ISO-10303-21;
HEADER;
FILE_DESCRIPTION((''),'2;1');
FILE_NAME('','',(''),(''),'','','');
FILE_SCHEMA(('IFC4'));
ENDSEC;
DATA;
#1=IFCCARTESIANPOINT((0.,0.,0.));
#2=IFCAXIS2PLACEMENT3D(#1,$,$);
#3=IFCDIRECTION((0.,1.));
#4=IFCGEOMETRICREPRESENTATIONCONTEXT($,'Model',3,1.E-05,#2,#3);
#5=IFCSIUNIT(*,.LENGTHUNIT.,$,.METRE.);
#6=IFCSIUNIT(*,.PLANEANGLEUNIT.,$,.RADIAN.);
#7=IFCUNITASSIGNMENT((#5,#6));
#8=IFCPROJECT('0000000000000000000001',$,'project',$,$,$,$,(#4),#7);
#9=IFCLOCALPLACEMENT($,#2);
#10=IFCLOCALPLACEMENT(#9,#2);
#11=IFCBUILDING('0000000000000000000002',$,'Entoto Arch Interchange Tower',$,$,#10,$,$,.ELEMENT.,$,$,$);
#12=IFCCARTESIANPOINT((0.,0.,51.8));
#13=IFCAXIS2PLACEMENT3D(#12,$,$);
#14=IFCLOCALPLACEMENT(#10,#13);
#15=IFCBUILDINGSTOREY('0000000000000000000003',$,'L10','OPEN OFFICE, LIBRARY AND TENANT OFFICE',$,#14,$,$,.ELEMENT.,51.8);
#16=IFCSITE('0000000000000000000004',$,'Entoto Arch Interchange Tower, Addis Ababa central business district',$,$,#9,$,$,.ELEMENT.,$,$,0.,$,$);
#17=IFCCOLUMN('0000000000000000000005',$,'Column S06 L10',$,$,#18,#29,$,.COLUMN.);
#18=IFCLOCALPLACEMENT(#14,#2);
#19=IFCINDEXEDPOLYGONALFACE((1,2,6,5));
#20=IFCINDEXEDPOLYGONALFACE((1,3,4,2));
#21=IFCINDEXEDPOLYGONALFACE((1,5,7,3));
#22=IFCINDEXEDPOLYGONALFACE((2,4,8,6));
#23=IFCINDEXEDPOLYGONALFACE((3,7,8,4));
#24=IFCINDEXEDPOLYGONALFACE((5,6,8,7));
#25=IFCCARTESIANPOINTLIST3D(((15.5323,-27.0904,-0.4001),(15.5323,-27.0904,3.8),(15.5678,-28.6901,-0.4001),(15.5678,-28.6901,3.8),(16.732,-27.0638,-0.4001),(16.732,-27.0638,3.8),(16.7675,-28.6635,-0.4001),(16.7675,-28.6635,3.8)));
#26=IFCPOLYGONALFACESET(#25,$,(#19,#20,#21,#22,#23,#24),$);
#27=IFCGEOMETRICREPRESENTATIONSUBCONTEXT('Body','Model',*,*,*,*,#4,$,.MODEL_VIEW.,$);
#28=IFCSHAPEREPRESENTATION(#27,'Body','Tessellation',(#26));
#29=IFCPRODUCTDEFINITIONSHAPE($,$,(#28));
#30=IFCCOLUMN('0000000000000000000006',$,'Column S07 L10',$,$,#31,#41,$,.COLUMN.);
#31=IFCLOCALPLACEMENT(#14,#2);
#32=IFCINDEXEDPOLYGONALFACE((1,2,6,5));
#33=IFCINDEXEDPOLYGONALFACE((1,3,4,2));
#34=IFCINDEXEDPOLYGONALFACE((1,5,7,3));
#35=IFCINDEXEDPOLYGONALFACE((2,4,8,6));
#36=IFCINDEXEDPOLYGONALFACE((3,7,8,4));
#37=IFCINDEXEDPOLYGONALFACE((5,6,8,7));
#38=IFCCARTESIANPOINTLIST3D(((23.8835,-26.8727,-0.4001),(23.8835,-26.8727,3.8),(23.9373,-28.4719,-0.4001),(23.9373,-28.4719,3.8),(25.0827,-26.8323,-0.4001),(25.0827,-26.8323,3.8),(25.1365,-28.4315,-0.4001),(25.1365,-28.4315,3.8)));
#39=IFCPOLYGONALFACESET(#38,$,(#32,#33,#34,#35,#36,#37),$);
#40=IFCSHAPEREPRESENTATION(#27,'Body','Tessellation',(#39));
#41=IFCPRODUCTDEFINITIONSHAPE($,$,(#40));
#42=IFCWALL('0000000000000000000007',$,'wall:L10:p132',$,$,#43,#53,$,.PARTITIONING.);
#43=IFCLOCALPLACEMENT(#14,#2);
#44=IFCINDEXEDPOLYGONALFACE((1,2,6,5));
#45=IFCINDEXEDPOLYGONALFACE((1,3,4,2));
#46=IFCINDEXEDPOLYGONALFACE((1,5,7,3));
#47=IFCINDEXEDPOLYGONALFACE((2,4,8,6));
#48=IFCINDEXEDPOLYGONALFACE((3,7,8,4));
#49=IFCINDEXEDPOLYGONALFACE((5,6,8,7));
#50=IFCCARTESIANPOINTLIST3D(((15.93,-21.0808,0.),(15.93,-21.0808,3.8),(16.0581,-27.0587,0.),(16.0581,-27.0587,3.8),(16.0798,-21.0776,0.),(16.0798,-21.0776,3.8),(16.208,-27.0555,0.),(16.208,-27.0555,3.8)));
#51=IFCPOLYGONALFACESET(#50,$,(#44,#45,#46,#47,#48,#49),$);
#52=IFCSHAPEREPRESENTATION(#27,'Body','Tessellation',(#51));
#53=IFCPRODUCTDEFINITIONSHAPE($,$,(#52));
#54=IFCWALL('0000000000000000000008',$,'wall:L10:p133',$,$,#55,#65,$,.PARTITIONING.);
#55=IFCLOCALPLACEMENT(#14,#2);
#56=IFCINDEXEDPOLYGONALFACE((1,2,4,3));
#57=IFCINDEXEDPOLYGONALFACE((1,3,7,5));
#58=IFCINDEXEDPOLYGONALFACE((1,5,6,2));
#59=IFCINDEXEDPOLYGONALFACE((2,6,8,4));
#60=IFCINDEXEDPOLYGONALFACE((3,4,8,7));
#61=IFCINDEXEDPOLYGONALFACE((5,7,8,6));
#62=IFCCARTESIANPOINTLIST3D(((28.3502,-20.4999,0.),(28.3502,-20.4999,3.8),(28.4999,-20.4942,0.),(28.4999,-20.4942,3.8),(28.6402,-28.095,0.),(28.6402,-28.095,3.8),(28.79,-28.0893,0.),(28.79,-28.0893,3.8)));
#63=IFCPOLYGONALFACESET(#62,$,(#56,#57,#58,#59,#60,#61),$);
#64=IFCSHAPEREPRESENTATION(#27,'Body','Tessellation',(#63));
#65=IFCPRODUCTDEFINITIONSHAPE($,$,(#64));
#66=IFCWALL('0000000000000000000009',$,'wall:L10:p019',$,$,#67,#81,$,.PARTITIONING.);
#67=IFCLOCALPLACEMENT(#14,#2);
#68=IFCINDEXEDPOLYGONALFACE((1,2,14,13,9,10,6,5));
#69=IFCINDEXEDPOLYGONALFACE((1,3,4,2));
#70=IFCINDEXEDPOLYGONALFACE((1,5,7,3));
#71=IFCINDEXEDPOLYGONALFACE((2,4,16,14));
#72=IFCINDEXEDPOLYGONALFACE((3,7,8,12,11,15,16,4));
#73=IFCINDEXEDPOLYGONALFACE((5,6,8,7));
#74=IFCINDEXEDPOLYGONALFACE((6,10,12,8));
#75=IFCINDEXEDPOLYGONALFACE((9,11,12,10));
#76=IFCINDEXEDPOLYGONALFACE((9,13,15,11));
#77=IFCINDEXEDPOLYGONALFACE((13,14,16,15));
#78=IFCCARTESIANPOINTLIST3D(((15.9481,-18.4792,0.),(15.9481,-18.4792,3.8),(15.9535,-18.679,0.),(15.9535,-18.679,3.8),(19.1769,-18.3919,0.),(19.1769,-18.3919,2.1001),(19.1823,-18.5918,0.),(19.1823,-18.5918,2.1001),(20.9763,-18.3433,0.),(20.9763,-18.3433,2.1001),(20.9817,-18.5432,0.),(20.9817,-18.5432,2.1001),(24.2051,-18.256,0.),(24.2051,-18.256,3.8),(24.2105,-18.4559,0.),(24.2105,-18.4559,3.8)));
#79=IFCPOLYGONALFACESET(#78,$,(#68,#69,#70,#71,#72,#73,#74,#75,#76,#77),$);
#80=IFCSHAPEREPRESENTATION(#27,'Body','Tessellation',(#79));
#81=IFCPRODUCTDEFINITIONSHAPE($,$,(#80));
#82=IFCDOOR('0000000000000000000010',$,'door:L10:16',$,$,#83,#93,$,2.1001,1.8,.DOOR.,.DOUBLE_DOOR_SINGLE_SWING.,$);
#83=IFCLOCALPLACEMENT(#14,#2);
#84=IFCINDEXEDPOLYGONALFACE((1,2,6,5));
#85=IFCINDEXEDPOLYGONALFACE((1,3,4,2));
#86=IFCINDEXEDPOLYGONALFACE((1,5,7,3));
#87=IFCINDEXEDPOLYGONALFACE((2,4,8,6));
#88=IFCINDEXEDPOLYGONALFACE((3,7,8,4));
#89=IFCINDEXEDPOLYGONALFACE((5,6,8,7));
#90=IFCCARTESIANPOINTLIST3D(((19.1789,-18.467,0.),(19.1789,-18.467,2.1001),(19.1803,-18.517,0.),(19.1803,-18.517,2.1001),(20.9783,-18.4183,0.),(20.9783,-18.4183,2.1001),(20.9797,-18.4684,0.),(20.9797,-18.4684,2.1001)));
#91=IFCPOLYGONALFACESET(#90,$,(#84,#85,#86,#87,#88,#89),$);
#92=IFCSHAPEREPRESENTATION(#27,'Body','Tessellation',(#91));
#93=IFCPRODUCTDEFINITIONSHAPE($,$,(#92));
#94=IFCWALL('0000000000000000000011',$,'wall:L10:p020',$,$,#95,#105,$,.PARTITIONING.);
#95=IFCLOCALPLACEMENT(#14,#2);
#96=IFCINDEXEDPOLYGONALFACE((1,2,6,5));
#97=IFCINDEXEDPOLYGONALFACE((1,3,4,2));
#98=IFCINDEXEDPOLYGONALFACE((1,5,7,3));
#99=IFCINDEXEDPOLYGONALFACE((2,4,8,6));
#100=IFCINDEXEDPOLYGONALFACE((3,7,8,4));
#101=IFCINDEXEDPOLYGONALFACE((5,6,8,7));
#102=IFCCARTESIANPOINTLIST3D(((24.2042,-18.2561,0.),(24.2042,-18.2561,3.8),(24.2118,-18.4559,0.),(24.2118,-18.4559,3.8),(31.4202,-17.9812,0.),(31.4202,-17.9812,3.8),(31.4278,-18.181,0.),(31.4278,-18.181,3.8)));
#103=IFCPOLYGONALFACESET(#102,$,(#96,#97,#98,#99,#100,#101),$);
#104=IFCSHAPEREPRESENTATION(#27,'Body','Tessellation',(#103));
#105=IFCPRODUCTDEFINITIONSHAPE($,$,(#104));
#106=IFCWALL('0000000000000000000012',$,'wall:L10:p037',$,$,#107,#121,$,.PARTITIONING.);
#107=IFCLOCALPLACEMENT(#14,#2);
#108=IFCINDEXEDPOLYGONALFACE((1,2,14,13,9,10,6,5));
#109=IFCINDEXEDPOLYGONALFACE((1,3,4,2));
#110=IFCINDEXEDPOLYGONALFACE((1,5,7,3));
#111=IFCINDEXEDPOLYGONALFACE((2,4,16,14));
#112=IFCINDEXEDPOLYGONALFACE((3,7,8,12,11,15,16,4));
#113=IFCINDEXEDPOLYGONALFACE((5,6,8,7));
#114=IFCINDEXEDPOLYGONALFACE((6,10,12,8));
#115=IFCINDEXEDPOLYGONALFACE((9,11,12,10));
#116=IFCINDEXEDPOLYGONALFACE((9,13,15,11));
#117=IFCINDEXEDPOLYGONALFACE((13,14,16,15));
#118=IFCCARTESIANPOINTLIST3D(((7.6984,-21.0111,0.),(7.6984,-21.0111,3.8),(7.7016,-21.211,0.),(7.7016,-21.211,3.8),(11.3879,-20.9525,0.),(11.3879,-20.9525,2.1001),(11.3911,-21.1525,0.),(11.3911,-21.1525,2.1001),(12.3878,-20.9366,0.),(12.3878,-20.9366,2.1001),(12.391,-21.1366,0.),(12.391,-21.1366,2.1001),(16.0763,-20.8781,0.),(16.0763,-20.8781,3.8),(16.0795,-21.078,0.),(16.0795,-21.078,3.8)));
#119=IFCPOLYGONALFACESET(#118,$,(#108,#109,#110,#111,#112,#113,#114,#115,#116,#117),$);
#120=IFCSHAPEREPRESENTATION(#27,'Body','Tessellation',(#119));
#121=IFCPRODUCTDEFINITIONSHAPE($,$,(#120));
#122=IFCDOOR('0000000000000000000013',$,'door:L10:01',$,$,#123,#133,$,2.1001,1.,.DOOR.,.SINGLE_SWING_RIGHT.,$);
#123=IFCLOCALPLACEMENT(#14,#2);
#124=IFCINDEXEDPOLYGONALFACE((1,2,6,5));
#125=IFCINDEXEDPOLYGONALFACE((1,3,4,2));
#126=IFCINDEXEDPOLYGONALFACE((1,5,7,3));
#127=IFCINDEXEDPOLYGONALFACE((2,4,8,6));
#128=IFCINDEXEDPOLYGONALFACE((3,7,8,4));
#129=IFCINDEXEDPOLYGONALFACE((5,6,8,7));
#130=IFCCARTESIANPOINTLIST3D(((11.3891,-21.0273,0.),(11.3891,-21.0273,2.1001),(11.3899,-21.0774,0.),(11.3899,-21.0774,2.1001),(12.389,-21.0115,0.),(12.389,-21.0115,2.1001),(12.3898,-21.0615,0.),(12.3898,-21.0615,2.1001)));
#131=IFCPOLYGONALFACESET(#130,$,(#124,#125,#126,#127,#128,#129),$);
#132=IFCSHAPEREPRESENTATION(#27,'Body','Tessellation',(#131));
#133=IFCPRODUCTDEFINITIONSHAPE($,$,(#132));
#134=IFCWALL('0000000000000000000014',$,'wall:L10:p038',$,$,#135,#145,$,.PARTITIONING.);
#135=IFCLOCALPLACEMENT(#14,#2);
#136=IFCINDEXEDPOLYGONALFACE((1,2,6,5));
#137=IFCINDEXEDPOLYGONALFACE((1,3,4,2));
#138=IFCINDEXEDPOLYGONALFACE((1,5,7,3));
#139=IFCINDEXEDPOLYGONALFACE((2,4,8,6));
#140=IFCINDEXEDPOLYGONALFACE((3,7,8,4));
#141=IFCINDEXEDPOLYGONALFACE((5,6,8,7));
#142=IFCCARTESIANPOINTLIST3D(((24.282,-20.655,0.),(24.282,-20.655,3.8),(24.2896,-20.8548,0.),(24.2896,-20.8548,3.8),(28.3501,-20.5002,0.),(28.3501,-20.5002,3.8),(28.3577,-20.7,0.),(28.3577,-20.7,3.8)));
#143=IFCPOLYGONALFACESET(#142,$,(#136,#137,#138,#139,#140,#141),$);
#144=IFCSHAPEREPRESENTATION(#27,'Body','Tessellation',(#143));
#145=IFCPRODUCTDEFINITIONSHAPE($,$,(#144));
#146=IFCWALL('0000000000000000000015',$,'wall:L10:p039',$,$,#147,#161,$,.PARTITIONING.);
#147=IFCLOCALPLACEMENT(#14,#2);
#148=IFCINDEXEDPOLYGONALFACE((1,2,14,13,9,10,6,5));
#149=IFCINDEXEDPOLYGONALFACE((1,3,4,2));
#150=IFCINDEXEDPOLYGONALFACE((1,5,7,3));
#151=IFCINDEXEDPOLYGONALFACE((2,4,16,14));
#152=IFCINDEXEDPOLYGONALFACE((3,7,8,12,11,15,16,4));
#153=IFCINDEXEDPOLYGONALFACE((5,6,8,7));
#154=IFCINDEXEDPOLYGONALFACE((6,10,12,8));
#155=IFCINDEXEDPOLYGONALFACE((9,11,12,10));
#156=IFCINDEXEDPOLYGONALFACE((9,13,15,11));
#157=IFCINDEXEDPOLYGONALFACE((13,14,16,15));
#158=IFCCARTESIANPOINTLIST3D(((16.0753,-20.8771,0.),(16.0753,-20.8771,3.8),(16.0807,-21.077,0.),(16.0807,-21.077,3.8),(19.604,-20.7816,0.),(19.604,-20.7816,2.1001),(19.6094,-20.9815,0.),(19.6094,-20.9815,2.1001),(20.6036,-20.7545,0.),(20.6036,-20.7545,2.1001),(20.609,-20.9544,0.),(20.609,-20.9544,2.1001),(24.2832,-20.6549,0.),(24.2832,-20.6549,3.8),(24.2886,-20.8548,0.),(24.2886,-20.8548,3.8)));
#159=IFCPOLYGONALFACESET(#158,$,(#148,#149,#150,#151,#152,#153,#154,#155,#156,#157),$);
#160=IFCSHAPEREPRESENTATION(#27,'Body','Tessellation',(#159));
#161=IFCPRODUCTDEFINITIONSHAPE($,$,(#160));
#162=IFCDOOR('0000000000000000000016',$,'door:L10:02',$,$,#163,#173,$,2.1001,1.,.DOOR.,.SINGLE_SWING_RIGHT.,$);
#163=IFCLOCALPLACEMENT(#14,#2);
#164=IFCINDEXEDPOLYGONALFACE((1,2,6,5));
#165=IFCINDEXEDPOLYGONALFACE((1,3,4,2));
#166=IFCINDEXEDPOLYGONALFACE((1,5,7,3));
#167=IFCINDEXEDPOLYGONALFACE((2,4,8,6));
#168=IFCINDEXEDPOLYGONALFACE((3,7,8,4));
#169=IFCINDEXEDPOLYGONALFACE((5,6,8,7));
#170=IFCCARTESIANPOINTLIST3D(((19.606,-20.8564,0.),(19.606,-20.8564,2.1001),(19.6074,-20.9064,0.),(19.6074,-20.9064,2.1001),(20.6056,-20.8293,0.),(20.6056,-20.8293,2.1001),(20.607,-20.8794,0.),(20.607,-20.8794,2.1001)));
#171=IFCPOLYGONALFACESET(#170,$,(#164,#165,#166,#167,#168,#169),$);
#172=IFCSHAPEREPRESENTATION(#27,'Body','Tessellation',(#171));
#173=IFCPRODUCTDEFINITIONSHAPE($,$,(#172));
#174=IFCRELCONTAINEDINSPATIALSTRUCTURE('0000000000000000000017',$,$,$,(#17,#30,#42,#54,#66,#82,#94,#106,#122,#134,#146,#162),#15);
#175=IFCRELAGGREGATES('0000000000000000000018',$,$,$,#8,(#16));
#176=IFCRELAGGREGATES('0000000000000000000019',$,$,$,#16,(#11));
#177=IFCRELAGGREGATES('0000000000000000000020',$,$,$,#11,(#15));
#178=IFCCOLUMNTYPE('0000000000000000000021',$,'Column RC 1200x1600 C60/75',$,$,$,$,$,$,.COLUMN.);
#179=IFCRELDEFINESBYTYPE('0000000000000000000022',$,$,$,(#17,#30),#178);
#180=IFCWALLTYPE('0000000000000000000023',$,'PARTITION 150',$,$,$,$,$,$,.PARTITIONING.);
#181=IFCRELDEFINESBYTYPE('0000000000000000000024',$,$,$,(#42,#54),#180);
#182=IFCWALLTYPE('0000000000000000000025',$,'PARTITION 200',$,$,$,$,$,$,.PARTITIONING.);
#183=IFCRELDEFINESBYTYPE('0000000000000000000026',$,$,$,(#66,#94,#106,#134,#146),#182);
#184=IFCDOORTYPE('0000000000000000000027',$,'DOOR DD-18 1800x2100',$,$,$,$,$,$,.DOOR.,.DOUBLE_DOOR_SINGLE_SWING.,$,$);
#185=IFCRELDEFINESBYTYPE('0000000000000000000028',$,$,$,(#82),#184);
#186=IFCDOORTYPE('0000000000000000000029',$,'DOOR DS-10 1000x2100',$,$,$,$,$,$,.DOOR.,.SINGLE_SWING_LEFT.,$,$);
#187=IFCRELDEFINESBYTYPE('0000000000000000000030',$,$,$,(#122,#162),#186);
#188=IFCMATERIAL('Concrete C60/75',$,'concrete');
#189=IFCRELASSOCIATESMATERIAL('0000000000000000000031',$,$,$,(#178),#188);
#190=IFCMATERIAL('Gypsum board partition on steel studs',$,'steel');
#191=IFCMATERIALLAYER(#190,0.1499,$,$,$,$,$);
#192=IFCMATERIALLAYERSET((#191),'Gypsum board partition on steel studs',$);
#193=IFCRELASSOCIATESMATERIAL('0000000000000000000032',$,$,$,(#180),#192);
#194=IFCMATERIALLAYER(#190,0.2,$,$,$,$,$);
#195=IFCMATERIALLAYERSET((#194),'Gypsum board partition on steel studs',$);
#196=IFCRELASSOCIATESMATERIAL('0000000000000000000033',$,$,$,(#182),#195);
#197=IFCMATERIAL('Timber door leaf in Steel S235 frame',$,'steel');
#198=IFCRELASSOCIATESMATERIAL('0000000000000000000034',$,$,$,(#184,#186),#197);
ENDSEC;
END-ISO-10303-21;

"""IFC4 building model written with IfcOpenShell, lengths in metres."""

from ifc_helpers import new_model, si_unit, direction, frame, frame_2d, origin, origin_2d, place, context, subcontext, project, spatial, rectangle, extrude, material, layer, layer_set, material_profile, profile_set, type_object, element, fill, save


model = new_model("IFC4")

# Units and contexts
model_context = context("Model", 3, precision=1e-05, world=origin(), true_north=direction((0.0, 1.0)))
body_context = subcontext(model_context, "Body", "Model", "MODEL_VIEW")
ifc_project = project(units=[si_unit("LENGTHUNIT", "METRE"), si_unit("PLANEANGLEUNIT", "RADIAN")], contexts=[model_context])

# Site, building, storey
site_placement = place(None, origin())
site = spatial("IfcSite", under=ifc_project, at=site_placement, Name="Entoto Arch Interchange Tower, Addis Ababa central business district", CompositionType="ELEMENT", RefElevation=0.0)
building_placement = place(site_placement, origin())
building = spatial("IfcBuilding", under=site, at=building_placement, Name="Entoto Arch Interchange Tower", CompositionType="ELEMENT")
storey_placement = place(building_placement, frame((0.0, 0.0, 51.8)))
storey = spatial("IfcBuildingStorey", under=building, at=storey_placement, Name="L10", Description="OPEN OFFICE, LIBRARY AND TENANT OFFICE", CompositionType="ELEMENT", Elevation=51.8)

# Columns
ifc_material_1 = material(Name="Concrete C60/75", Category="concrete")
ifc_material_profile = material_profile(ifc_material_1, rectangle(XDim=1.2, YDim=1.6001, at=origin_2d()))
ifc_profile_set = profile_set([ifc_material_profile], Name="Concrete C60/75")
column_type = type_object("IfcColumnType", Name="Column RC 1200x1600 C60/75", PredefinedType="COLUMN", material=ifc_profile_set)
for number, where, z_axis, x_axis, name in (
    (1, (16.1499, -27.877, -0.4001), (0.0, 0.0, 1.0), (0.999754, 0.022164, 0.0), "Column S06 L10"),
    (2, (24.51, -27.6521, -0.4001), (0.0, 0.0, 1.0), (0.999434, 0.033626, 0.0), "Column S07 L10"),
):
    element("IfcColumn", number, at=place(storey_placement, frame(where, z_axis=z_axis, x_axis=x_axis)), inside=storey, type_object=column_type, Name=name, PredefinedType="COLUMN", context=body_context, shape_type="SweptSolid", body=[
        extrude(rectangle(XDim=1.2, YDim=1.6001, at=origin_2d()), origin(), (0.0, 0.0, 1.0), 4.2002),
    ])

# Walls
ifc_material_2 = material(Name="Gypsum board partition on steel studs", Category="steel")
ifc_layer_1 = layer(ifc_material_2, 0.1499)
ifc_layer_set_1 = layer_set([ifc_layer_1], Name="Gypsum board partition on steel studs")
wall_type_1 = type_object("IfcWallType", Name="PARTITION 150", PredefinedType="PARTITIONING", material=ifc_layer_set_1)
wall_1_placement = place(storey_placement, frame((16.0049, -21.0791, 0.0), z_axis=(0.0, 0.0, 1.0), x_axis=(0.021437, -0.99977, 0.0)))
element("IfcWall", 3, at=wall_1_placement, inside=storey, type_object=wall_type_1, Name="wall:L10:p132", PredefinedType="PARTITIONING", context=body_context, shape_type="SweptSolid", body=[
    extrude(rectangle(XDim=5.9792, YDim=0.1499, at=frame_2d((2.9897, 0.0))), origin(), (0.0, 0.0, 1.0), 3.8),
])
wall_2_placement = place(storey_placement, frame((28.425, -20.4971, 0.0), z_axis=(0.0, 0.0, 1.0), x_axis=(0.03816, -0.999272, 0.0)))
element("IfcWall", 4, at=wall_2_placement, inside=storey, type_object=wall_type_1, Name="wall:L10:p133", PredefinedType="PARTITIONING", context=body_context, shape_type="SweptSolid", body=[
    extrude(rectangle(XDim=7.6006, YDim=0.1499, at=frame_2d((3.8003, 0.0))), origin(), (0.0, 0.0, 1.0), 3.8),
])

# Wall, opening, door
ifc_layer_2 = layer(ifc_material_2, 0.2)
ifc_layer_set_2 = layer_set([ifc_layer_2], Name="Gypsum board partition on steel studs")
wall_type_2 = type_object("IfcWallType", Name="PARTITION 200", PredefinedType="PARTITIONING", material=ifc_layer_set_2)
wall_3_placement = place(storey_placement, frame((15.9509, -18.5791, 0.0), z_axis=(0.0, 0.0, 1.0), x_axis=(0.999635, 0.027015, 0.0)))
wall_3 = element("IfcWall", 5, at=wall_3_placement, inside=storey, type_object=wall_type_2, Name="wall:L10:p019", PredefinedType="PARTITIONING", context=body_context, shape_type="SweptSolid", body=[
    extrude(rectangle(XDim=8.26, YDim=0.2, at=frame_2d((4.1299, 0.0))), origin(), (0.0, 0.0, 1.0), 3.8),
])
opening_1_placement = place(wall_3_placement, frame((3.23, 0.0, 0.0)))
opening_1 = element("IfcOpeningElement", 6, at=opening_1_placement, cuts=wall_3, PredefinedType="OPENING", context=body_context, shape_type="SweptSolid", body=[
    extrude(rectangle(XDim=1.8, YDim=2.1001, at=frame_2d((0.8999, 1.05))), frame((0.0, 0.1099, 0.0), z_axis=(0.0, -1.0, 0.0), x_axis=(1.0, 0.0, 0.0)), (0.0, 0.0, 1.0), 0.22),
])
ifc_material_3 = material(Name="Timber door leaf in Steel S235 frame", Category="steel")
door_type_1 = type_object("IfcDoorType", Name="DOOR DD-18 1800x2100", OperationType="DOUBLE_DOOR_SINGLE_SWING", PredefinedType="DOOR", material=ifc_material_3)
door_1_placement = place(opening_1_placement, origin())
door_1 = element("IfcDoor", 7, at=door_1_placement, inside=storey, type_object=door_type_1, Name="door:L10:16", OperationType="DOUBLE_DOOR_SINGLE_SWING", OverallHeight=2.1001, OverallWidth=1.8, PredefinedType="DOOR", context=body_context, shape_type="SweptSolid", body=[
    extrude(rectangle(XDim=1.8, YDim=2.1001, at=frame_2d((0.8999, 1.05))), frame((0.0, 0.0249, 0.0), z_axis=(0.0, -1.0, 0.0), x_axis=(1.0, 0.0, 0.0)), (0.0, 0.0, 1.0), 0.05),
])
fill(opening_1, door_1)

# Wall
wall_4_placement = place(storey_placement, frame((24.208, -18.356, 0.0), z_axis=(0.0, 0.0, 1.0), x_axis=(0.999275, 0.038068, 0.0)))
element("IfcWall", 8, at=wall_4_placement, inside=storey, type_object=wall_type_2, Name="wall:L10:p020", PredefinedType="PARTITIONING", context=body_context, shape_type="SweptSolid", body=[
    extrude(rectangle(XDim=7.2212, YDim=0.2, at=frame_2d((3.6106, 0.0))), origin(), (0.0, 0.0, 1.0), 3.8),
])

# Wall, opening, door
wall_5_placement = place(storey_placement, frame((16.0779, -20.978, 0.0), z_axis=(0.0, 0.0, 1.0), x_axis=(-0.999874, -0.01588, 0.0)))
wall_5 = element("IfcWall", 9, at=wall_5_placement, inside=storey, type_object=wall_type_2, Name="wall:L10:p037", PredefinedType="PARTITIONING", context=body_context, shape_type="SweptSolid", body=[
    extrude(rectangle(XDim=8.3789, YDim=0.2, at=frame_2d((4.1895, 0.0))), origin(), (0.0, 0.0, 1.0), 3.8),
])
opening_2_placement = place(wall_5_placement, frame((3.689, 0.0, 0.0)))
opening_2 = element("IfcOpeningElement", 10, at=opening_2_placement, cuts=wall_5, PredefinedType="OPENING", context=body_context, shape_type="SweptSolid", body=[
    extrude(rectangle(XDim=1.0, YDim=2.1001, at=frame_2d((0.5, 1.05))), frame((0.0, 0.1099, 0.0), z_axis=(0.0, -1.0, 0.0), x_axis=(1.0, 0.0, 0.0)), (0.0, 0.0, 1.0), 0.22),
])
door_type_2 = type_object("IfcDoorType", Name="DOOR DS-10 1000x2100", OperationType="SINGLE_SWING_LEFT", PredefinedType="DOOR", material=ifc_material_3)
door_2_placement = place(opening_2_placement, origin())
door_2 = element("IfcDoor", 11, at=door_2_placement, inside=storey, type_object=door_type_2, Name="door:L10:01", OperationType="SINGLE_SWING_RIGHT", OverallHeight=2.1001, OverallWidth=1.0, PredefinedType="DOOR", context=body_context, shape_type="SweptSolid", body=[
    extrude(rectangle(XDim=1.0, YDim=2.1001, at=frame_2d((0.5, 1.05))), frame((0.0, 0.0249, 0.0), z_axis=(0.0, -1.0, 0.0), x_axis=(1.0, 0.0, 0.0)), (0.0, 0.0, 1.0), 0.05),
])
fill(opening_2, door_2)

# Wall
wall_6_placement = place(storey_placement, frame((28.354, -20.6001, 0.0), z_axis=(0.0, 0.0, 1.0), x_axis=(-0.999277, -0.038021, 0.0)))
element("IfcWall", 12, at=wall_6_placement, inside=storey, type_object=wall_type_2, Name="wall:L10:p038", PredefinedType="PARTITIONING", context=body_context, shape_type="SweptSolid", body=[
    extrude(rectangle(XDim=4.071, YDim=0.2, at=frame_2d((2.0356, 0.0))), origin(), (0.0, 0.0, 1.0), 3.8),
])

# Wall, opening, door
wall_7_placement = place(storey_placement, frame((24.2859, -20.7549, 0.0), z_axis=(0.0, 0.0, 1.0), x_axis=(-0.999634, -0.027057, 0.0)))
wall_7 = element("IfcWall", 13, at=wall_7_placement, inside=storey, type_object=wall_type_2, Name="wall:L10:p039", PredefinedType="PARTITIONING", context=body_context, shape_type="SweptSolid", body=[
    extrude(rectangle(XDim=8.2109, YDim=0.2, at=frame_2d((4.1055, 0.0))), origin(), (0.0, 0.0, 1.0), 3.8),
])
opening_3_placement = place(wall_7_placement, frame((3.6809, 0.0, 0.0)))
opening_3 = element("IfcOpeningElement", 14, at=opening_3_placement, cuts=wall_7, PredefinedType="OPENING", context=body_context, shape_type="SweptSolid", body=[
    extrude(rectangle(XDim=1.0, YDim=2.1001, at=frame_2d((0.5, 1.05))), frame((0.0, 0.1099, 0.0), z_axis=(0.0, -1.0, 0.0), x_axis=(1.0, 0.0, 0.0)), (0.0, 0.0, 1.0), 0.22),
])
door_3_placement = place(opening_3_placement, origin())
door_3 = element("IfcDoor", 15, at=door_3_placement, inside=storey, type_object=door_type_2, Name="door:L10:02", OperationType="SINGLE_SWING_RIGHT", OverallHeight=2.1001, OverallWidth=1.0, PredefinedType="DOOR", context=body_context, shape_type="SweptSolid", body=[
    extrude(rectangle(XDim=1.0, YDim=2.1001, at=frame_2d((0.5, 1.05))), frame((0.0, 0.0249, 0.0), z_axis=(0.0, -1.0, 0.0), x_axis=(1.0, 0.0, 0.0)), (0.0, 0.0, 1.0), 0.05),
])
fill(opening_3, door_3)

save(model, "model.ifc")
